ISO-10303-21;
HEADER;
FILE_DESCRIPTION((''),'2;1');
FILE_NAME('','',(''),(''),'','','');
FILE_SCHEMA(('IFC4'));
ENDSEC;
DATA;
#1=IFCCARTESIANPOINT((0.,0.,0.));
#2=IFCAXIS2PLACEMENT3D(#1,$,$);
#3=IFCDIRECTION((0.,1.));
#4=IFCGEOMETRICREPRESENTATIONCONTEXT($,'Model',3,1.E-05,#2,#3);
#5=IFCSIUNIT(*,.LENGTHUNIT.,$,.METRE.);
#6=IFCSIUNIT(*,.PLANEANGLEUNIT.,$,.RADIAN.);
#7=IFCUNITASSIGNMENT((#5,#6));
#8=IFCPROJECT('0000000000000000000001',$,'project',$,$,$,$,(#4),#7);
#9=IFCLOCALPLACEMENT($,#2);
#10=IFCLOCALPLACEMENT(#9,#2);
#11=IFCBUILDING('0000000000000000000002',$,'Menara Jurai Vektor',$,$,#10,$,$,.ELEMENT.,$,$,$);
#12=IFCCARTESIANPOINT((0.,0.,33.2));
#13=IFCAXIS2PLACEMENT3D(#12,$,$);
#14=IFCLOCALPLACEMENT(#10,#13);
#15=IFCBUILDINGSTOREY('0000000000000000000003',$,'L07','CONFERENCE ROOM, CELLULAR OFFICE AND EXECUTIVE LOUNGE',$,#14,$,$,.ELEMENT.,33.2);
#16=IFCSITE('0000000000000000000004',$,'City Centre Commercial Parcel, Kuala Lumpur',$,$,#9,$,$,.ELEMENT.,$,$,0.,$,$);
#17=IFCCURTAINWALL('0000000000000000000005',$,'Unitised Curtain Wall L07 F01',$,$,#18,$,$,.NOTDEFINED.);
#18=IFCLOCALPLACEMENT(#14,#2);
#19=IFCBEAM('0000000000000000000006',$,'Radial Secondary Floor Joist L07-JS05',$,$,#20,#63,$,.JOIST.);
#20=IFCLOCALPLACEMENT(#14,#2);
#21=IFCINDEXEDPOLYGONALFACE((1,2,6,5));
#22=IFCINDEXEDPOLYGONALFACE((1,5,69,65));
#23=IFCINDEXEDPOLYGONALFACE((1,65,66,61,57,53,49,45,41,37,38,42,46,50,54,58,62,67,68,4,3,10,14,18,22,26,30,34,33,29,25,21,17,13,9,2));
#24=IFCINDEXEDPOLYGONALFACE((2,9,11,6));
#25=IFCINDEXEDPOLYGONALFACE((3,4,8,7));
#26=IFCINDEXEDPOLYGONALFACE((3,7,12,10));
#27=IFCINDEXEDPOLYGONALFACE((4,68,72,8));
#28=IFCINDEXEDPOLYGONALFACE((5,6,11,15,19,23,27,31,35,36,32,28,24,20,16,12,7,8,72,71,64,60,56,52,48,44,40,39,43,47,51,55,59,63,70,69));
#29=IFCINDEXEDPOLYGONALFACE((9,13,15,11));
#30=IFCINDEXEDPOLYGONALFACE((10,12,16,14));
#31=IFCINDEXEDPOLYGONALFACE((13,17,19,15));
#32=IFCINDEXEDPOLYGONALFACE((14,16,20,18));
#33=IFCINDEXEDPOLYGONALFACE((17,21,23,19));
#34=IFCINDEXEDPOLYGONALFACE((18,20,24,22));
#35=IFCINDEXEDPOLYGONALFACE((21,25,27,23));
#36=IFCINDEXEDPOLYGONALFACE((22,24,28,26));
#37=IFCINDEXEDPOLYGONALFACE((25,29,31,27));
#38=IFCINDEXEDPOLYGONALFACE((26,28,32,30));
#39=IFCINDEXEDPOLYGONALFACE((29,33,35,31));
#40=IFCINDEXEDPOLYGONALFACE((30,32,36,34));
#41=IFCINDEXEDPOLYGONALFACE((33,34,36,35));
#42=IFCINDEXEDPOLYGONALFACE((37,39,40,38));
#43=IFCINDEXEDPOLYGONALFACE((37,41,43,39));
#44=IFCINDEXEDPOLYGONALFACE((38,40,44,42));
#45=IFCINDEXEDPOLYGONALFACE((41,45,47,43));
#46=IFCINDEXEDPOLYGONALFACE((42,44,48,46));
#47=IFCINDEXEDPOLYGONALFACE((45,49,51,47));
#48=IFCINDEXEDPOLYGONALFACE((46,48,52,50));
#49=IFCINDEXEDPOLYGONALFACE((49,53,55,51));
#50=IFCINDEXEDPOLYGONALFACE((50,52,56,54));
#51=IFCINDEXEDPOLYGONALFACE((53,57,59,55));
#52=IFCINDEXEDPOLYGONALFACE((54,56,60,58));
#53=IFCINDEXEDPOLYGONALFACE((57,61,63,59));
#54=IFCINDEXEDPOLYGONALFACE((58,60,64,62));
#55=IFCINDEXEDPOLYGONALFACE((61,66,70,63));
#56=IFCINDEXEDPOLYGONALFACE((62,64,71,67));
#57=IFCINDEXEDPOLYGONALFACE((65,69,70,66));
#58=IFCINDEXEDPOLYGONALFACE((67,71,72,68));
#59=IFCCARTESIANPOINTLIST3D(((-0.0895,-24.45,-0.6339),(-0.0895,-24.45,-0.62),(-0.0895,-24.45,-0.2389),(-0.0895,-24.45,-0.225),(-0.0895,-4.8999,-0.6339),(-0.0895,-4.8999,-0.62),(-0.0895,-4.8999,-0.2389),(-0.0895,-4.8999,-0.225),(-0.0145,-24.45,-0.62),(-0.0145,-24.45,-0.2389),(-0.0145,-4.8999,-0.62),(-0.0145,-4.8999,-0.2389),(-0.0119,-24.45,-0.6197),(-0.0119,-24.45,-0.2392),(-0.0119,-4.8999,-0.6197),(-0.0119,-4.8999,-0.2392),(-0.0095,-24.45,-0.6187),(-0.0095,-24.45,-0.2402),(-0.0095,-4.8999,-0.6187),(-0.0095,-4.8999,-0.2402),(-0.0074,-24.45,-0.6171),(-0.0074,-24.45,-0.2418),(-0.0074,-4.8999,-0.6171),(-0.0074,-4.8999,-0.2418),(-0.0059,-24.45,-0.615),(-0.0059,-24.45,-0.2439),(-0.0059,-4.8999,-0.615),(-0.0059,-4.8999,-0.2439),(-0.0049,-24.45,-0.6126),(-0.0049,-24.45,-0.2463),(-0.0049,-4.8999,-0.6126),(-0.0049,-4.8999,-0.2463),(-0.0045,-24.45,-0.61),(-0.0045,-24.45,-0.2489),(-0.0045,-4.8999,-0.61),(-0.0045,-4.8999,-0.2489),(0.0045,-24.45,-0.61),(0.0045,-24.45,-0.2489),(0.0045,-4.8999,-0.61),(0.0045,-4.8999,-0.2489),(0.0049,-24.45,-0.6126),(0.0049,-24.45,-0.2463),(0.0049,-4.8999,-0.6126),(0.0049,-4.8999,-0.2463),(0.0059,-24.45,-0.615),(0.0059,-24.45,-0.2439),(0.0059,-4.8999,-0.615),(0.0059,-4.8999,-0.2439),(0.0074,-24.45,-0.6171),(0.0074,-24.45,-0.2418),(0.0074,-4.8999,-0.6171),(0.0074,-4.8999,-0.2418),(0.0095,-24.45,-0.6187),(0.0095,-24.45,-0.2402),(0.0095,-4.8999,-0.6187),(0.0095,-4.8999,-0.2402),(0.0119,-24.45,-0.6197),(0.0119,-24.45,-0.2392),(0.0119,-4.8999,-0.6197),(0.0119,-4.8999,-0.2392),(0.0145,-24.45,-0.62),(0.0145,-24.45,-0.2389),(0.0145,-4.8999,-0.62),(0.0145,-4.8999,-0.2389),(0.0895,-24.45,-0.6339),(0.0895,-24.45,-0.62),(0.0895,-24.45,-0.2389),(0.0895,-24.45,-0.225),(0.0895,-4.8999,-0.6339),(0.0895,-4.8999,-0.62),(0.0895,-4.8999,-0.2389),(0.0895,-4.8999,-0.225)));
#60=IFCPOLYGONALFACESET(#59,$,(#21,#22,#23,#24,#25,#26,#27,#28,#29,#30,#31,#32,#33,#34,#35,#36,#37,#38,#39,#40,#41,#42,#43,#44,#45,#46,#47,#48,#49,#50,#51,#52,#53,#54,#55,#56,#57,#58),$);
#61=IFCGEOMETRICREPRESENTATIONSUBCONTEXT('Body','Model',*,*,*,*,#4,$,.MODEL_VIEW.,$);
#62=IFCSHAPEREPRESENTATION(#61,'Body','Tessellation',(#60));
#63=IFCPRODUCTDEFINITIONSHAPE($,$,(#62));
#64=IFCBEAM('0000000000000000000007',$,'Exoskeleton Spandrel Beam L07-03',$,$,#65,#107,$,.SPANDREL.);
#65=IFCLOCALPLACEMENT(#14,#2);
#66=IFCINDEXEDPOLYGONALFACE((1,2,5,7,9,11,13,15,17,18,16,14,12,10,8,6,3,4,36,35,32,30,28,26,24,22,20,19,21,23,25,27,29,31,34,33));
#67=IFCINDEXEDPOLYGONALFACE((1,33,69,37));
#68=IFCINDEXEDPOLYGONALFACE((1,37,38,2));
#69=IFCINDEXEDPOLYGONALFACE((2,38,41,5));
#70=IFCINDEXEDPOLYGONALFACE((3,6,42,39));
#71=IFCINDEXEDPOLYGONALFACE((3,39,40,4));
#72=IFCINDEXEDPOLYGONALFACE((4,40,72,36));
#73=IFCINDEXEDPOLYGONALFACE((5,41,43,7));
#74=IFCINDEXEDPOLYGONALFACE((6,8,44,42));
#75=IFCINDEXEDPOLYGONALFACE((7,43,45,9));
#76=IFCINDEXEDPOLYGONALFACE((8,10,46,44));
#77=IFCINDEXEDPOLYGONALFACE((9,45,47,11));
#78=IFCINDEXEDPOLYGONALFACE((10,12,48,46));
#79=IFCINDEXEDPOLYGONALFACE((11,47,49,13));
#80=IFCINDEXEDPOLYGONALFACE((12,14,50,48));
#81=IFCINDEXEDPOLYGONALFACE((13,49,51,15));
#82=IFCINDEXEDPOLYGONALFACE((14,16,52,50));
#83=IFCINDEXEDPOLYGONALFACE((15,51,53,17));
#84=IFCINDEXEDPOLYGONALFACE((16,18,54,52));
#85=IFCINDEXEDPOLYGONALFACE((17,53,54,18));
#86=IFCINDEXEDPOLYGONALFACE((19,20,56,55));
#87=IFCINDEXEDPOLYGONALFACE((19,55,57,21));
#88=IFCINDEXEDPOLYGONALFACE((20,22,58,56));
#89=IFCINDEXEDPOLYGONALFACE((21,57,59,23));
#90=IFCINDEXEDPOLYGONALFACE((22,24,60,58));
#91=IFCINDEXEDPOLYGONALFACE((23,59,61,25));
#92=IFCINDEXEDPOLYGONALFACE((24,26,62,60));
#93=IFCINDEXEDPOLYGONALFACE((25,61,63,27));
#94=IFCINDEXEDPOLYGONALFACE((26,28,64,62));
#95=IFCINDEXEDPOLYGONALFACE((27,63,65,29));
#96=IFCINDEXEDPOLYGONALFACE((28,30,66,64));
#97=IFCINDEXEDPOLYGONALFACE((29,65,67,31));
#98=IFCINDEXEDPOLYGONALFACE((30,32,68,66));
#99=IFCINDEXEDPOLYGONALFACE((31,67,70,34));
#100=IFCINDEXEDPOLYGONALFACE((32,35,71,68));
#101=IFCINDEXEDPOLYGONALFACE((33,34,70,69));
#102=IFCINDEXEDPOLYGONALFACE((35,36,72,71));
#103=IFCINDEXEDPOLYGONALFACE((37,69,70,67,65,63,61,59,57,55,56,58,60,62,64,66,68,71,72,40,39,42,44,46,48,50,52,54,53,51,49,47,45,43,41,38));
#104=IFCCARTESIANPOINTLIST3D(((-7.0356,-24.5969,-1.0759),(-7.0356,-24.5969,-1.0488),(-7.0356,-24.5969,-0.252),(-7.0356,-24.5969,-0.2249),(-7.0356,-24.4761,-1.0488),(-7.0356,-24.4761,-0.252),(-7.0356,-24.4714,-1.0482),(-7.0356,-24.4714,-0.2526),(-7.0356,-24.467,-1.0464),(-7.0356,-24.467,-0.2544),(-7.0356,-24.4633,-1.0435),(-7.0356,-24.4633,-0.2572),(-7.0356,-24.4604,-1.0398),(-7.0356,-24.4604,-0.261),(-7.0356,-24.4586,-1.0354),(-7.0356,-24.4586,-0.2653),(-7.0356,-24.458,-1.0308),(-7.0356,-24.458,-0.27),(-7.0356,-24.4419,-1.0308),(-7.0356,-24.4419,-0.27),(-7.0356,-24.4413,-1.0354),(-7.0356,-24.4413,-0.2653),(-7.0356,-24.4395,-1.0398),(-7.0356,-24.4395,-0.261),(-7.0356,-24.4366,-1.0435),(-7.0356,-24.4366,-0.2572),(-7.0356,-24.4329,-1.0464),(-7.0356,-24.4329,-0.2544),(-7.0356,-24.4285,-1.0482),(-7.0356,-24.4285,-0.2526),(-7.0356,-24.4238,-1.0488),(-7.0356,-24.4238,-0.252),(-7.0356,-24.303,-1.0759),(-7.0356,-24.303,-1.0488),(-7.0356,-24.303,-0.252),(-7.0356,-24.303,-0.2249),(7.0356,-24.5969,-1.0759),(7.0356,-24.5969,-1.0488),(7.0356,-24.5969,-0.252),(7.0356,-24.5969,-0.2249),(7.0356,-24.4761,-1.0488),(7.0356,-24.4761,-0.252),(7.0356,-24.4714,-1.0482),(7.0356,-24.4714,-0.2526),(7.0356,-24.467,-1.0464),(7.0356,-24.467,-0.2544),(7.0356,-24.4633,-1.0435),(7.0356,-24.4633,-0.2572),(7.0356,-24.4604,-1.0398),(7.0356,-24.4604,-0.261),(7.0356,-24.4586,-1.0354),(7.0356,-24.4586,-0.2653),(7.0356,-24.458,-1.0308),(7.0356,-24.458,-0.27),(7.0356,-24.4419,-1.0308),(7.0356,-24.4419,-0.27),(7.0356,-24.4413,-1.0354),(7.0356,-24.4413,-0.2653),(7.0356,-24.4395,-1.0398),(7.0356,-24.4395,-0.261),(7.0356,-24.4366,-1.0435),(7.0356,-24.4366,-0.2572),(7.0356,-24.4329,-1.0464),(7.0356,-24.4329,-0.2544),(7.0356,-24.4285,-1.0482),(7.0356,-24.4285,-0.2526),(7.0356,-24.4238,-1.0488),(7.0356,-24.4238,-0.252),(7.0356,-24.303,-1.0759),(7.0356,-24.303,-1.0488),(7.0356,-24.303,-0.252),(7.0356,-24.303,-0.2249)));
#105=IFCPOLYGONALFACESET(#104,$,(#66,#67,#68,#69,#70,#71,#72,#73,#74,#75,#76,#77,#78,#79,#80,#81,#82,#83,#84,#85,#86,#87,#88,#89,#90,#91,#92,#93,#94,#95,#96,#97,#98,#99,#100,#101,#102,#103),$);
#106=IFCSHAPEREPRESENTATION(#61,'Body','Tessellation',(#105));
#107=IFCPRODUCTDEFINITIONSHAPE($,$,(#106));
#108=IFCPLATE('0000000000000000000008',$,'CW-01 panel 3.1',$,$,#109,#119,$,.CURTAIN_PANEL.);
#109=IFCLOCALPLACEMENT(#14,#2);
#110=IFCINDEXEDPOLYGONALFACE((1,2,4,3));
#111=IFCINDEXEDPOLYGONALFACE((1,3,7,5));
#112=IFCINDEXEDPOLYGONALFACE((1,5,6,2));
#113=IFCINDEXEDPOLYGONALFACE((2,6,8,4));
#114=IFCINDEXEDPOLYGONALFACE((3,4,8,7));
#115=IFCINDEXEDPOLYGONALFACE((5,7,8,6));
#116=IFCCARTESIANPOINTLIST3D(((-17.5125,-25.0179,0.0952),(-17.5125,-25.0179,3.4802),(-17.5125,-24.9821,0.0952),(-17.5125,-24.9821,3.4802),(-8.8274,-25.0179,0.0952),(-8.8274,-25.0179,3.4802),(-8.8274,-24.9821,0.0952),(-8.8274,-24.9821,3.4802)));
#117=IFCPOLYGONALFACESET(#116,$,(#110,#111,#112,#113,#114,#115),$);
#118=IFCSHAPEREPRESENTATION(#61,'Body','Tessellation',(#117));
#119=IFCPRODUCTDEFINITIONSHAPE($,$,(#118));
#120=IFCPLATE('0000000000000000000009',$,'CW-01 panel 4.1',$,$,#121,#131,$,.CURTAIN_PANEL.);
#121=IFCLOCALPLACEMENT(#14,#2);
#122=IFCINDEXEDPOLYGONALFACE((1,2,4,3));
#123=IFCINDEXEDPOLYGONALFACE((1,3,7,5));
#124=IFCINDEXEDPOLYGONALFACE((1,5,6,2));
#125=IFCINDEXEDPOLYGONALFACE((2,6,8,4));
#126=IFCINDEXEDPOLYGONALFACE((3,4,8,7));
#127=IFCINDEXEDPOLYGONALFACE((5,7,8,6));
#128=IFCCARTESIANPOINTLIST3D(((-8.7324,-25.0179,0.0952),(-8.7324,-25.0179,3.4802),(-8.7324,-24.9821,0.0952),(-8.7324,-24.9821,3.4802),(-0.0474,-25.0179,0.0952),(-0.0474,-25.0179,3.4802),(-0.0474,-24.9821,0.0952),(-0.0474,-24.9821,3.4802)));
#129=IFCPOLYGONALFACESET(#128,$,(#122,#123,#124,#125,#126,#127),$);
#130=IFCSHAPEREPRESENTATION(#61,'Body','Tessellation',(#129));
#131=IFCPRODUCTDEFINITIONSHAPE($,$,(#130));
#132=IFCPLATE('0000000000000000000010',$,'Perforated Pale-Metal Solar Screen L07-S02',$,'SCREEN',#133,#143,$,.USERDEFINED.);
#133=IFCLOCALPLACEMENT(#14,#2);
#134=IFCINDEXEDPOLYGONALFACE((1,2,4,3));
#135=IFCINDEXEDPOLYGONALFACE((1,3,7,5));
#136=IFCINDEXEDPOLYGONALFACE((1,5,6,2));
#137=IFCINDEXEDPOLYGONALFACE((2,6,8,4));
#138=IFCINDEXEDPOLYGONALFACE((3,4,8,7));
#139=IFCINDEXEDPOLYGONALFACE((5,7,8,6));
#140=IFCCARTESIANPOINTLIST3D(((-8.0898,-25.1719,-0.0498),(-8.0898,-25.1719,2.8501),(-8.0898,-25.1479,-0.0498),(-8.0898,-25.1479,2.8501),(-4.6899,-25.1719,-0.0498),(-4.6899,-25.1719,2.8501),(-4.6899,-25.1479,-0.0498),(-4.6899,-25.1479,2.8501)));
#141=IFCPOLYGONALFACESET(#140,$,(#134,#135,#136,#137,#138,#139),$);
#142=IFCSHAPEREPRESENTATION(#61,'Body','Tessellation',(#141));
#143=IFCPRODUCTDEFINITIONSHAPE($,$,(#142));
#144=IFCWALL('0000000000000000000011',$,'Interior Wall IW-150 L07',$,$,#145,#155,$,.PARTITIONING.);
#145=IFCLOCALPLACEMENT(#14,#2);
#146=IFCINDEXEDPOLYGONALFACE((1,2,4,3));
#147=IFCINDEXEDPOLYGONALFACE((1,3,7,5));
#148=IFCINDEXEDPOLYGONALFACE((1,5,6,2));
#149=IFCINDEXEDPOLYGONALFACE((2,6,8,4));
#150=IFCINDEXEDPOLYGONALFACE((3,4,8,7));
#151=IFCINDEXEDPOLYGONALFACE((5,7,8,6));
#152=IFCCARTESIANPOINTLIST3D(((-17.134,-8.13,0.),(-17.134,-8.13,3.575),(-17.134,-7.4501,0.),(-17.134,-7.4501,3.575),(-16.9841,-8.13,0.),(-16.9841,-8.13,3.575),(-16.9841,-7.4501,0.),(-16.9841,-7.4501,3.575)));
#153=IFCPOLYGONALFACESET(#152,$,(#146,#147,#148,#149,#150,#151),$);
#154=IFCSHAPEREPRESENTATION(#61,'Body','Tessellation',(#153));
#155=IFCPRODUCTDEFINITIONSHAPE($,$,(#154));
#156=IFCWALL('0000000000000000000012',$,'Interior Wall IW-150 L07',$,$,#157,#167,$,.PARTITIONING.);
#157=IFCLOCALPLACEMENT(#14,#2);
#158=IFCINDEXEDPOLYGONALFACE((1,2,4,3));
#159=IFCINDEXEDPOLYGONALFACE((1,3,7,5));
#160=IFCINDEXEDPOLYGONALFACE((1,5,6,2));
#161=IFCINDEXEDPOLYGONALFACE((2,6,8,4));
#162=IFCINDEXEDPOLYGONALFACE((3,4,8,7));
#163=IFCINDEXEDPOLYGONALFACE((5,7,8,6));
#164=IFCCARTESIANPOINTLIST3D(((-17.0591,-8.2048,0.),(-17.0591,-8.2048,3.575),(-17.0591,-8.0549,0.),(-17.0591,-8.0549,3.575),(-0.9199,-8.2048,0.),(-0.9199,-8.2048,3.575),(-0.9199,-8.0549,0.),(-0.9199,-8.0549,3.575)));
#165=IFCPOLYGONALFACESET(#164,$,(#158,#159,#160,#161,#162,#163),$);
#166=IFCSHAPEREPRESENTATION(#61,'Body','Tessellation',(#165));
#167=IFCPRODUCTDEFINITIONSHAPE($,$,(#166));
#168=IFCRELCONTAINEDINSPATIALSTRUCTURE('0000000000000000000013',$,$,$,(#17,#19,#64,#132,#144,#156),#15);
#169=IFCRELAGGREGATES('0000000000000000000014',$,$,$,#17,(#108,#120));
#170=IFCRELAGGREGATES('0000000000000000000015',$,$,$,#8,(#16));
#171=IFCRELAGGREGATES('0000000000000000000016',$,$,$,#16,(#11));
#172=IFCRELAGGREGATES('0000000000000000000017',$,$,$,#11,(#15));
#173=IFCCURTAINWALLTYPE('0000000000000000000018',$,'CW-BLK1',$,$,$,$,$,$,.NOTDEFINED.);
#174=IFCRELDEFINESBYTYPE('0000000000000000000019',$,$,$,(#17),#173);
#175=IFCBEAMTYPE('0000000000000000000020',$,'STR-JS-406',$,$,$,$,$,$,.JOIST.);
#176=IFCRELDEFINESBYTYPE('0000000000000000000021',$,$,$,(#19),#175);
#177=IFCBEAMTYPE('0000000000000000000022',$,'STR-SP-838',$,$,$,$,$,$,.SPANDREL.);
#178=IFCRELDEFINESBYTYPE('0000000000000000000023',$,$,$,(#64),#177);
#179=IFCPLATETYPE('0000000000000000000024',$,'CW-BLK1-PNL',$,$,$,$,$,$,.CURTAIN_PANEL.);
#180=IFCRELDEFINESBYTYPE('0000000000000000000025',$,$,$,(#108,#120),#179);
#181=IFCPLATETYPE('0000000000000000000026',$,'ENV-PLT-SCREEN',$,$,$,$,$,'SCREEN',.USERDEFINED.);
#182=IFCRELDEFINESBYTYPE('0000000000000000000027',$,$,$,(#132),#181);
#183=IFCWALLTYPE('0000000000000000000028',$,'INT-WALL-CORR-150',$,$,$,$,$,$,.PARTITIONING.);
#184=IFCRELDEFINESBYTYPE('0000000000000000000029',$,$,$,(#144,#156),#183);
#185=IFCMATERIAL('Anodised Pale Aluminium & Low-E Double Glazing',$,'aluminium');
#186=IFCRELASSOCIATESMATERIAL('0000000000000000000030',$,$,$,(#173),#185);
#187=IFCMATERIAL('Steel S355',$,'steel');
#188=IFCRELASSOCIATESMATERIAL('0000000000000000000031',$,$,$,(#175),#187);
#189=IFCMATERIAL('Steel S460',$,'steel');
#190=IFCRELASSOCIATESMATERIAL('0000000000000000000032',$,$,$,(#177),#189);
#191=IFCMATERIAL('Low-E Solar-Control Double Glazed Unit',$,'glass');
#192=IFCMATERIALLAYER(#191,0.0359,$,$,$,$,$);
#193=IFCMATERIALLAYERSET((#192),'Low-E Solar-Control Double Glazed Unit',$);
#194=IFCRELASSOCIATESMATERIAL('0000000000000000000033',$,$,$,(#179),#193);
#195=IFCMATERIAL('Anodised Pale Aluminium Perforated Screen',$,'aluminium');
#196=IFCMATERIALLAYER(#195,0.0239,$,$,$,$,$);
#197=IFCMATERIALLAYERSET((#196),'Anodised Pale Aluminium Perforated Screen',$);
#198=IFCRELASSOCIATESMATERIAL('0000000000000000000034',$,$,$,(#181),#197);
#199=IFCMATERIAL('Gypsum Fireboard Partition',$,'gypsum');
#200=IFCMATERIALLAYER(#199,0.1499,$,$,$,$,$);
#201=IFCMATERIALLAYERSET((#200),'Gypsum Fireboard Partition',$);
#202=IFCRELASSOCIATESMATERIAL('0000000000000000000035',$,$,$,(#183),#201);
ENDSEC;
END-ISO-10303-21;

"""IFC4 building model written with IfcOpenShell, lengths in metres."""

from ifc_helpers import new_model, si_unit, direction, frame, frame_2d, origin, origin_2d, place, context, subcontext, project, spatial, rectangle, i_section, extrude, material, layer, layer_set, material_profile, profile_set, type_object, element, aggregate, save


model = new_model("IFC4")

# Units and contexts
model_context = context("Model", 3, precision=1e-05, world=origin(), true_north=direction((0.0, 1.0)))
body_context = subcontext(model_context, "Body", "Model", "MODEL_VIEW")
ifc_project = project(units=[si_unit("LENGTHUNIT", "METRE"), si_unit("PLANEANGLEUNIT", "RADIAN")], contexts=[model_context])

# Site, building, storey
site_placement = place(None, origin())
site = spatial("IfcSite", under=ifc_project, at=site_placement, Name="City Centre Commercial Parcel, Kuala Lumpur", CompositionType="ELEMENT", RefElevation=0.0)
building_placement = place(site_placement, origin())
building = spatial("IfcBuilding", under=site, at=building_placement, Name="Menara Jurai Vektor", CompositionType="ELEMENT")
storey_placement = place(building_placement, frame((0.0, 0.0, 33.2)))
storey = spatial("IfcBuildingStorey", under=building, at=storey_placement, Name="L07", Description="CONFERENCE ROOM, CELLULAR OFFICE AND EXECUTIVE LOUNGE", CompositionType="ELEMENT", Elevation=33.2)

# Shared definitions
ifc_material_1 = material(Name="Steel S460", Category="steel")

# Curtain wall
ifc_material_2 = material(Name="Anodised Pale Aluminium & Low-E Double Glazing", Category="aluminium")
curtain_wall_type = type_object("IfcCurtainWallType", Name="CW-BLK1", PredefinedType="NOTDEFINED", material=ifc_material_2)
curtain_wall_placement = place(storey_placement, origin())
curtain_wall = element("IfcCurtainWall", 1, at=curtain_wall_placement, inside=storey, type_object=curtain_wall_type, Name="Unitised Curtain Wall L07 F01", PredefinedType="NOTDEFINED")

# Beams
ifc_material_3 = material(Name="Steel S355", Category="steel")
ifc_material_profile_1 = material_profile(ifc_material_3, i_section(OverallWidth=0.179, OverallDepth=0.4089, WebThickness=0.009, FlangeThickness=0.0139, FilletRadius=0.01, at=origin_2d()), Name="UKB 406x178x67")
ifc_profile_set_1 = profile_set([ifc_material_profile_1], Name="Steel S355")
beam_type_1 = type_object("IfcBeamType", Name="STR-JS-406", PredefinedType="JOIST", material=ifc_profile_set_1)
beam_1_placement = place(storey_placement, frame((0.0, -24.45, -0.4294), z_axis=(0.0, 1.0, 0.0), x_axis=(-1.0, 0.0, 0.0)))
element("IfcBeam", 2, at=beam_1_placement, inside=storey, type_object=beam_type_1, Name="Radial Secondary Floor Joist L07-JS05", PredefinedType="JOIST", context=body_context, shape_type="SweptSolid", body=[
    extrude(i_section(OverallWidth=0.179, OverallDepth=0.4089, WebThickness=0.009, FlangeThickness=0.0139, FilletRadius=0.01, at=origin_2d()), origin(), (0.0, 0.0, 1.0), 19.55),
])
ifc_material_profile_2 = material_profile(ifc_material_1, i_section(OverallWidth=0.2939, OverallDepth=0.8511, WebThickness=0.0161, FlangeThickness=0.0271, FilletRadius=0.0181, at=origin_2d()), Name="UKB 838x292x226")
ifc_profile_set_2 = profile_set([ifc_material_profile_2], Name="Steel S460")
beam_type_2 = type_object("IfcBeamType", Name="STR-SP-838", PredefinedType="SPANDREL", material=ifc_profile_set_2)
beam_2_placement = place(storey_placement, frame((-7.0356, -24.45, -0.6504), z_axis=(1.0, 0.0, 0.0), x_axis=(0.0, 1.0, 0.0)))
element("IfcBeam", 3, at=beam_2_placement, inside=storey, type_object=beam_type_2, Name="Exoskeleton Spandrel Beam L07-03", PredefinedType="SPANDREL", context=body_context, shape_type="SweptSolid", body=[
    extrude(i_section(OverallWidth=0.2939, OverallDepth=0.8511, WebThickness=0.0161, FlangeThickness=0.0271, FilletRadius=0.0181, at=origin_2d()), origin(), (0.0, 0.0, 1.0), 14.0713),
])

# Plates
ifc_material_4 = material(Name="Low-E Solar-Control Double Glazed Unit", Category="glass")
ifc_layer_1 = layer(ifc_material_4, 0.0359)
ifc_layer_set_1 = layer_set([ifc_layer_1], Name="Low-E Solar-Control Double Glazed Unit")
plate_type_1 = type_object("IfcPlateType", Name="CW-BLK1-PNL", PredefinedType="CURTAIN_PANEL", material=ifc_layer_set_1)
plate_1_placement = place(storey_placement, frame((-13.1699, -25.0, 0.0952), z_axis=(0.0, 0.0, 1.0), x_axis=(1.0, 0.0, 0.0)))
plate_1 = element("IfcPlate", 4, at=plate_1_placement, type_object=plate_type_1, Name="CW-01 panel 3.1", PredefinedType="CURTAIN_PANEL", context=body_context, shape_type="SweptSolid", body=[
    extrude(rectangle(XDim=8.6851, YDim=0.0359, at=origin_2d()), origin(), (0.0, 0.0, 1.0), 3.385),
])
plate_2_placement = place(storey_placement, frame((-4.3899, -25.0, 0.0952), z_axis=(0.0, 0.0, 1.0), x_axis=(1.0, 0.0, 0.0)))
plate_2 = element("IfcPlate", 5, at=plate_2_placement, type_object=plate_type_1, Name="CW-01 panel 4.1", PredefinedType="CURTAIN_PANEL", context=body_context, shape_type="SweptSolid", body=[
    extrude(rectangle(XDim=8.6851, YDim=0.0359, at=origin_2d()), origin(), (0.0, 0.0, 1.0), 3.385),
])
aggregate(curtain_wall, [plate_1, plate_2])
ifc_material_5 = material(Name="Anodised Pale Aluminium Perforated Screen", Category="aluminium")
ifc_layer_2 = layer(ifc_material_5, 0.0239)
ifc_layer_set_2 = layer_set([ifc_layer_2], Name="Anodised Pale Aluminium Perforated Screen")
plate_type_2 = type_object("IfcPlateType", Name="ENV-PLT-SCREEN", ElementType="SCREEN", PredefinedType="USERDEFINED", material=ifc_layer_set_2)
plate_3_placement = place(storey_placement, frame((-6.3899, -25.1599, -0.0498), z_axis=(0.0, 0.0, 1.0), x_axis=(1.0, 0.0, 0.0)))
element("IfcPlate", 6, at=plate_3_placement, inside=storey, type_object=plate_type_2, Name="Perforated Pale-Metal Solar Screen L07-S02", ObjectType="SCREEN", PredefinedType="USERDEFINED", context=body_context, shape_type="SweptSolid", body=[
    extrude(rectangle(XDim=3.3999, YDim=0.0239, at=origin_2d()), origin(), (0.0, 0.0, 1.0), 2.8999),
])

# Walls
ifc_material_6 = material(Name="Gypsum Fireboard Partition", Category="gypsum")
ifc_layer_3 = layer(ifc_material_6, 0.1499)
ifc_layer_set_3 = layer_set([ifc_layer_3], Name="Gypsum Fireboard Partition")
wall_type_1 = type_object("IfcWallType", Name="INT-WALL-CORR-150", PredefinedType="PARTITIONING", material=ifc_layer_set_3)
wall_1_placement = place(storey_placement, frame((-17.0591, -8.1299, 0.0), z_axis=(0.0, 0.0, 1.0), x_axis=(0.0, 1.0, 0.0)))
element("IfcWall", 7, at=wall_1_placement, inside=storey, type_object=wall_type_1, Name="Interior Wall IW-150 L07", PredefinedType="PARTITIONING", context=body_context, shape_type="SweptSolid", body=[
    extrude(rectangle(XDim=0.6799, YDim=0.1499, at=frame_2d((0.3398, 0.0))), origin(), (0.0, 0.0, 1.0), 3.575),
])
wall_2_placement = place(storey_placement, frame((-17.0591, -8.1299, 0.0), z_axis=(0.0, 0.0, 1.0), x_axis=(1.0, 0.0, 0.0)))
element("IfcWall", 8, at=wall_2_placement, inside=storey, type_object=wall_type_1, Name="Interior Wall IW-150 L07", PredefinedType="PARTITIONING", context=body_context, shape_type="SweptSolid", body=[
    extrude(rectangle(XDim=16.1392, YDim=0.1499, at=frame_2d((8.0696, 0.0))), origin(), (0.0, 0.0, 1.0), 3.575),
])

save(model, "model.ifc")
